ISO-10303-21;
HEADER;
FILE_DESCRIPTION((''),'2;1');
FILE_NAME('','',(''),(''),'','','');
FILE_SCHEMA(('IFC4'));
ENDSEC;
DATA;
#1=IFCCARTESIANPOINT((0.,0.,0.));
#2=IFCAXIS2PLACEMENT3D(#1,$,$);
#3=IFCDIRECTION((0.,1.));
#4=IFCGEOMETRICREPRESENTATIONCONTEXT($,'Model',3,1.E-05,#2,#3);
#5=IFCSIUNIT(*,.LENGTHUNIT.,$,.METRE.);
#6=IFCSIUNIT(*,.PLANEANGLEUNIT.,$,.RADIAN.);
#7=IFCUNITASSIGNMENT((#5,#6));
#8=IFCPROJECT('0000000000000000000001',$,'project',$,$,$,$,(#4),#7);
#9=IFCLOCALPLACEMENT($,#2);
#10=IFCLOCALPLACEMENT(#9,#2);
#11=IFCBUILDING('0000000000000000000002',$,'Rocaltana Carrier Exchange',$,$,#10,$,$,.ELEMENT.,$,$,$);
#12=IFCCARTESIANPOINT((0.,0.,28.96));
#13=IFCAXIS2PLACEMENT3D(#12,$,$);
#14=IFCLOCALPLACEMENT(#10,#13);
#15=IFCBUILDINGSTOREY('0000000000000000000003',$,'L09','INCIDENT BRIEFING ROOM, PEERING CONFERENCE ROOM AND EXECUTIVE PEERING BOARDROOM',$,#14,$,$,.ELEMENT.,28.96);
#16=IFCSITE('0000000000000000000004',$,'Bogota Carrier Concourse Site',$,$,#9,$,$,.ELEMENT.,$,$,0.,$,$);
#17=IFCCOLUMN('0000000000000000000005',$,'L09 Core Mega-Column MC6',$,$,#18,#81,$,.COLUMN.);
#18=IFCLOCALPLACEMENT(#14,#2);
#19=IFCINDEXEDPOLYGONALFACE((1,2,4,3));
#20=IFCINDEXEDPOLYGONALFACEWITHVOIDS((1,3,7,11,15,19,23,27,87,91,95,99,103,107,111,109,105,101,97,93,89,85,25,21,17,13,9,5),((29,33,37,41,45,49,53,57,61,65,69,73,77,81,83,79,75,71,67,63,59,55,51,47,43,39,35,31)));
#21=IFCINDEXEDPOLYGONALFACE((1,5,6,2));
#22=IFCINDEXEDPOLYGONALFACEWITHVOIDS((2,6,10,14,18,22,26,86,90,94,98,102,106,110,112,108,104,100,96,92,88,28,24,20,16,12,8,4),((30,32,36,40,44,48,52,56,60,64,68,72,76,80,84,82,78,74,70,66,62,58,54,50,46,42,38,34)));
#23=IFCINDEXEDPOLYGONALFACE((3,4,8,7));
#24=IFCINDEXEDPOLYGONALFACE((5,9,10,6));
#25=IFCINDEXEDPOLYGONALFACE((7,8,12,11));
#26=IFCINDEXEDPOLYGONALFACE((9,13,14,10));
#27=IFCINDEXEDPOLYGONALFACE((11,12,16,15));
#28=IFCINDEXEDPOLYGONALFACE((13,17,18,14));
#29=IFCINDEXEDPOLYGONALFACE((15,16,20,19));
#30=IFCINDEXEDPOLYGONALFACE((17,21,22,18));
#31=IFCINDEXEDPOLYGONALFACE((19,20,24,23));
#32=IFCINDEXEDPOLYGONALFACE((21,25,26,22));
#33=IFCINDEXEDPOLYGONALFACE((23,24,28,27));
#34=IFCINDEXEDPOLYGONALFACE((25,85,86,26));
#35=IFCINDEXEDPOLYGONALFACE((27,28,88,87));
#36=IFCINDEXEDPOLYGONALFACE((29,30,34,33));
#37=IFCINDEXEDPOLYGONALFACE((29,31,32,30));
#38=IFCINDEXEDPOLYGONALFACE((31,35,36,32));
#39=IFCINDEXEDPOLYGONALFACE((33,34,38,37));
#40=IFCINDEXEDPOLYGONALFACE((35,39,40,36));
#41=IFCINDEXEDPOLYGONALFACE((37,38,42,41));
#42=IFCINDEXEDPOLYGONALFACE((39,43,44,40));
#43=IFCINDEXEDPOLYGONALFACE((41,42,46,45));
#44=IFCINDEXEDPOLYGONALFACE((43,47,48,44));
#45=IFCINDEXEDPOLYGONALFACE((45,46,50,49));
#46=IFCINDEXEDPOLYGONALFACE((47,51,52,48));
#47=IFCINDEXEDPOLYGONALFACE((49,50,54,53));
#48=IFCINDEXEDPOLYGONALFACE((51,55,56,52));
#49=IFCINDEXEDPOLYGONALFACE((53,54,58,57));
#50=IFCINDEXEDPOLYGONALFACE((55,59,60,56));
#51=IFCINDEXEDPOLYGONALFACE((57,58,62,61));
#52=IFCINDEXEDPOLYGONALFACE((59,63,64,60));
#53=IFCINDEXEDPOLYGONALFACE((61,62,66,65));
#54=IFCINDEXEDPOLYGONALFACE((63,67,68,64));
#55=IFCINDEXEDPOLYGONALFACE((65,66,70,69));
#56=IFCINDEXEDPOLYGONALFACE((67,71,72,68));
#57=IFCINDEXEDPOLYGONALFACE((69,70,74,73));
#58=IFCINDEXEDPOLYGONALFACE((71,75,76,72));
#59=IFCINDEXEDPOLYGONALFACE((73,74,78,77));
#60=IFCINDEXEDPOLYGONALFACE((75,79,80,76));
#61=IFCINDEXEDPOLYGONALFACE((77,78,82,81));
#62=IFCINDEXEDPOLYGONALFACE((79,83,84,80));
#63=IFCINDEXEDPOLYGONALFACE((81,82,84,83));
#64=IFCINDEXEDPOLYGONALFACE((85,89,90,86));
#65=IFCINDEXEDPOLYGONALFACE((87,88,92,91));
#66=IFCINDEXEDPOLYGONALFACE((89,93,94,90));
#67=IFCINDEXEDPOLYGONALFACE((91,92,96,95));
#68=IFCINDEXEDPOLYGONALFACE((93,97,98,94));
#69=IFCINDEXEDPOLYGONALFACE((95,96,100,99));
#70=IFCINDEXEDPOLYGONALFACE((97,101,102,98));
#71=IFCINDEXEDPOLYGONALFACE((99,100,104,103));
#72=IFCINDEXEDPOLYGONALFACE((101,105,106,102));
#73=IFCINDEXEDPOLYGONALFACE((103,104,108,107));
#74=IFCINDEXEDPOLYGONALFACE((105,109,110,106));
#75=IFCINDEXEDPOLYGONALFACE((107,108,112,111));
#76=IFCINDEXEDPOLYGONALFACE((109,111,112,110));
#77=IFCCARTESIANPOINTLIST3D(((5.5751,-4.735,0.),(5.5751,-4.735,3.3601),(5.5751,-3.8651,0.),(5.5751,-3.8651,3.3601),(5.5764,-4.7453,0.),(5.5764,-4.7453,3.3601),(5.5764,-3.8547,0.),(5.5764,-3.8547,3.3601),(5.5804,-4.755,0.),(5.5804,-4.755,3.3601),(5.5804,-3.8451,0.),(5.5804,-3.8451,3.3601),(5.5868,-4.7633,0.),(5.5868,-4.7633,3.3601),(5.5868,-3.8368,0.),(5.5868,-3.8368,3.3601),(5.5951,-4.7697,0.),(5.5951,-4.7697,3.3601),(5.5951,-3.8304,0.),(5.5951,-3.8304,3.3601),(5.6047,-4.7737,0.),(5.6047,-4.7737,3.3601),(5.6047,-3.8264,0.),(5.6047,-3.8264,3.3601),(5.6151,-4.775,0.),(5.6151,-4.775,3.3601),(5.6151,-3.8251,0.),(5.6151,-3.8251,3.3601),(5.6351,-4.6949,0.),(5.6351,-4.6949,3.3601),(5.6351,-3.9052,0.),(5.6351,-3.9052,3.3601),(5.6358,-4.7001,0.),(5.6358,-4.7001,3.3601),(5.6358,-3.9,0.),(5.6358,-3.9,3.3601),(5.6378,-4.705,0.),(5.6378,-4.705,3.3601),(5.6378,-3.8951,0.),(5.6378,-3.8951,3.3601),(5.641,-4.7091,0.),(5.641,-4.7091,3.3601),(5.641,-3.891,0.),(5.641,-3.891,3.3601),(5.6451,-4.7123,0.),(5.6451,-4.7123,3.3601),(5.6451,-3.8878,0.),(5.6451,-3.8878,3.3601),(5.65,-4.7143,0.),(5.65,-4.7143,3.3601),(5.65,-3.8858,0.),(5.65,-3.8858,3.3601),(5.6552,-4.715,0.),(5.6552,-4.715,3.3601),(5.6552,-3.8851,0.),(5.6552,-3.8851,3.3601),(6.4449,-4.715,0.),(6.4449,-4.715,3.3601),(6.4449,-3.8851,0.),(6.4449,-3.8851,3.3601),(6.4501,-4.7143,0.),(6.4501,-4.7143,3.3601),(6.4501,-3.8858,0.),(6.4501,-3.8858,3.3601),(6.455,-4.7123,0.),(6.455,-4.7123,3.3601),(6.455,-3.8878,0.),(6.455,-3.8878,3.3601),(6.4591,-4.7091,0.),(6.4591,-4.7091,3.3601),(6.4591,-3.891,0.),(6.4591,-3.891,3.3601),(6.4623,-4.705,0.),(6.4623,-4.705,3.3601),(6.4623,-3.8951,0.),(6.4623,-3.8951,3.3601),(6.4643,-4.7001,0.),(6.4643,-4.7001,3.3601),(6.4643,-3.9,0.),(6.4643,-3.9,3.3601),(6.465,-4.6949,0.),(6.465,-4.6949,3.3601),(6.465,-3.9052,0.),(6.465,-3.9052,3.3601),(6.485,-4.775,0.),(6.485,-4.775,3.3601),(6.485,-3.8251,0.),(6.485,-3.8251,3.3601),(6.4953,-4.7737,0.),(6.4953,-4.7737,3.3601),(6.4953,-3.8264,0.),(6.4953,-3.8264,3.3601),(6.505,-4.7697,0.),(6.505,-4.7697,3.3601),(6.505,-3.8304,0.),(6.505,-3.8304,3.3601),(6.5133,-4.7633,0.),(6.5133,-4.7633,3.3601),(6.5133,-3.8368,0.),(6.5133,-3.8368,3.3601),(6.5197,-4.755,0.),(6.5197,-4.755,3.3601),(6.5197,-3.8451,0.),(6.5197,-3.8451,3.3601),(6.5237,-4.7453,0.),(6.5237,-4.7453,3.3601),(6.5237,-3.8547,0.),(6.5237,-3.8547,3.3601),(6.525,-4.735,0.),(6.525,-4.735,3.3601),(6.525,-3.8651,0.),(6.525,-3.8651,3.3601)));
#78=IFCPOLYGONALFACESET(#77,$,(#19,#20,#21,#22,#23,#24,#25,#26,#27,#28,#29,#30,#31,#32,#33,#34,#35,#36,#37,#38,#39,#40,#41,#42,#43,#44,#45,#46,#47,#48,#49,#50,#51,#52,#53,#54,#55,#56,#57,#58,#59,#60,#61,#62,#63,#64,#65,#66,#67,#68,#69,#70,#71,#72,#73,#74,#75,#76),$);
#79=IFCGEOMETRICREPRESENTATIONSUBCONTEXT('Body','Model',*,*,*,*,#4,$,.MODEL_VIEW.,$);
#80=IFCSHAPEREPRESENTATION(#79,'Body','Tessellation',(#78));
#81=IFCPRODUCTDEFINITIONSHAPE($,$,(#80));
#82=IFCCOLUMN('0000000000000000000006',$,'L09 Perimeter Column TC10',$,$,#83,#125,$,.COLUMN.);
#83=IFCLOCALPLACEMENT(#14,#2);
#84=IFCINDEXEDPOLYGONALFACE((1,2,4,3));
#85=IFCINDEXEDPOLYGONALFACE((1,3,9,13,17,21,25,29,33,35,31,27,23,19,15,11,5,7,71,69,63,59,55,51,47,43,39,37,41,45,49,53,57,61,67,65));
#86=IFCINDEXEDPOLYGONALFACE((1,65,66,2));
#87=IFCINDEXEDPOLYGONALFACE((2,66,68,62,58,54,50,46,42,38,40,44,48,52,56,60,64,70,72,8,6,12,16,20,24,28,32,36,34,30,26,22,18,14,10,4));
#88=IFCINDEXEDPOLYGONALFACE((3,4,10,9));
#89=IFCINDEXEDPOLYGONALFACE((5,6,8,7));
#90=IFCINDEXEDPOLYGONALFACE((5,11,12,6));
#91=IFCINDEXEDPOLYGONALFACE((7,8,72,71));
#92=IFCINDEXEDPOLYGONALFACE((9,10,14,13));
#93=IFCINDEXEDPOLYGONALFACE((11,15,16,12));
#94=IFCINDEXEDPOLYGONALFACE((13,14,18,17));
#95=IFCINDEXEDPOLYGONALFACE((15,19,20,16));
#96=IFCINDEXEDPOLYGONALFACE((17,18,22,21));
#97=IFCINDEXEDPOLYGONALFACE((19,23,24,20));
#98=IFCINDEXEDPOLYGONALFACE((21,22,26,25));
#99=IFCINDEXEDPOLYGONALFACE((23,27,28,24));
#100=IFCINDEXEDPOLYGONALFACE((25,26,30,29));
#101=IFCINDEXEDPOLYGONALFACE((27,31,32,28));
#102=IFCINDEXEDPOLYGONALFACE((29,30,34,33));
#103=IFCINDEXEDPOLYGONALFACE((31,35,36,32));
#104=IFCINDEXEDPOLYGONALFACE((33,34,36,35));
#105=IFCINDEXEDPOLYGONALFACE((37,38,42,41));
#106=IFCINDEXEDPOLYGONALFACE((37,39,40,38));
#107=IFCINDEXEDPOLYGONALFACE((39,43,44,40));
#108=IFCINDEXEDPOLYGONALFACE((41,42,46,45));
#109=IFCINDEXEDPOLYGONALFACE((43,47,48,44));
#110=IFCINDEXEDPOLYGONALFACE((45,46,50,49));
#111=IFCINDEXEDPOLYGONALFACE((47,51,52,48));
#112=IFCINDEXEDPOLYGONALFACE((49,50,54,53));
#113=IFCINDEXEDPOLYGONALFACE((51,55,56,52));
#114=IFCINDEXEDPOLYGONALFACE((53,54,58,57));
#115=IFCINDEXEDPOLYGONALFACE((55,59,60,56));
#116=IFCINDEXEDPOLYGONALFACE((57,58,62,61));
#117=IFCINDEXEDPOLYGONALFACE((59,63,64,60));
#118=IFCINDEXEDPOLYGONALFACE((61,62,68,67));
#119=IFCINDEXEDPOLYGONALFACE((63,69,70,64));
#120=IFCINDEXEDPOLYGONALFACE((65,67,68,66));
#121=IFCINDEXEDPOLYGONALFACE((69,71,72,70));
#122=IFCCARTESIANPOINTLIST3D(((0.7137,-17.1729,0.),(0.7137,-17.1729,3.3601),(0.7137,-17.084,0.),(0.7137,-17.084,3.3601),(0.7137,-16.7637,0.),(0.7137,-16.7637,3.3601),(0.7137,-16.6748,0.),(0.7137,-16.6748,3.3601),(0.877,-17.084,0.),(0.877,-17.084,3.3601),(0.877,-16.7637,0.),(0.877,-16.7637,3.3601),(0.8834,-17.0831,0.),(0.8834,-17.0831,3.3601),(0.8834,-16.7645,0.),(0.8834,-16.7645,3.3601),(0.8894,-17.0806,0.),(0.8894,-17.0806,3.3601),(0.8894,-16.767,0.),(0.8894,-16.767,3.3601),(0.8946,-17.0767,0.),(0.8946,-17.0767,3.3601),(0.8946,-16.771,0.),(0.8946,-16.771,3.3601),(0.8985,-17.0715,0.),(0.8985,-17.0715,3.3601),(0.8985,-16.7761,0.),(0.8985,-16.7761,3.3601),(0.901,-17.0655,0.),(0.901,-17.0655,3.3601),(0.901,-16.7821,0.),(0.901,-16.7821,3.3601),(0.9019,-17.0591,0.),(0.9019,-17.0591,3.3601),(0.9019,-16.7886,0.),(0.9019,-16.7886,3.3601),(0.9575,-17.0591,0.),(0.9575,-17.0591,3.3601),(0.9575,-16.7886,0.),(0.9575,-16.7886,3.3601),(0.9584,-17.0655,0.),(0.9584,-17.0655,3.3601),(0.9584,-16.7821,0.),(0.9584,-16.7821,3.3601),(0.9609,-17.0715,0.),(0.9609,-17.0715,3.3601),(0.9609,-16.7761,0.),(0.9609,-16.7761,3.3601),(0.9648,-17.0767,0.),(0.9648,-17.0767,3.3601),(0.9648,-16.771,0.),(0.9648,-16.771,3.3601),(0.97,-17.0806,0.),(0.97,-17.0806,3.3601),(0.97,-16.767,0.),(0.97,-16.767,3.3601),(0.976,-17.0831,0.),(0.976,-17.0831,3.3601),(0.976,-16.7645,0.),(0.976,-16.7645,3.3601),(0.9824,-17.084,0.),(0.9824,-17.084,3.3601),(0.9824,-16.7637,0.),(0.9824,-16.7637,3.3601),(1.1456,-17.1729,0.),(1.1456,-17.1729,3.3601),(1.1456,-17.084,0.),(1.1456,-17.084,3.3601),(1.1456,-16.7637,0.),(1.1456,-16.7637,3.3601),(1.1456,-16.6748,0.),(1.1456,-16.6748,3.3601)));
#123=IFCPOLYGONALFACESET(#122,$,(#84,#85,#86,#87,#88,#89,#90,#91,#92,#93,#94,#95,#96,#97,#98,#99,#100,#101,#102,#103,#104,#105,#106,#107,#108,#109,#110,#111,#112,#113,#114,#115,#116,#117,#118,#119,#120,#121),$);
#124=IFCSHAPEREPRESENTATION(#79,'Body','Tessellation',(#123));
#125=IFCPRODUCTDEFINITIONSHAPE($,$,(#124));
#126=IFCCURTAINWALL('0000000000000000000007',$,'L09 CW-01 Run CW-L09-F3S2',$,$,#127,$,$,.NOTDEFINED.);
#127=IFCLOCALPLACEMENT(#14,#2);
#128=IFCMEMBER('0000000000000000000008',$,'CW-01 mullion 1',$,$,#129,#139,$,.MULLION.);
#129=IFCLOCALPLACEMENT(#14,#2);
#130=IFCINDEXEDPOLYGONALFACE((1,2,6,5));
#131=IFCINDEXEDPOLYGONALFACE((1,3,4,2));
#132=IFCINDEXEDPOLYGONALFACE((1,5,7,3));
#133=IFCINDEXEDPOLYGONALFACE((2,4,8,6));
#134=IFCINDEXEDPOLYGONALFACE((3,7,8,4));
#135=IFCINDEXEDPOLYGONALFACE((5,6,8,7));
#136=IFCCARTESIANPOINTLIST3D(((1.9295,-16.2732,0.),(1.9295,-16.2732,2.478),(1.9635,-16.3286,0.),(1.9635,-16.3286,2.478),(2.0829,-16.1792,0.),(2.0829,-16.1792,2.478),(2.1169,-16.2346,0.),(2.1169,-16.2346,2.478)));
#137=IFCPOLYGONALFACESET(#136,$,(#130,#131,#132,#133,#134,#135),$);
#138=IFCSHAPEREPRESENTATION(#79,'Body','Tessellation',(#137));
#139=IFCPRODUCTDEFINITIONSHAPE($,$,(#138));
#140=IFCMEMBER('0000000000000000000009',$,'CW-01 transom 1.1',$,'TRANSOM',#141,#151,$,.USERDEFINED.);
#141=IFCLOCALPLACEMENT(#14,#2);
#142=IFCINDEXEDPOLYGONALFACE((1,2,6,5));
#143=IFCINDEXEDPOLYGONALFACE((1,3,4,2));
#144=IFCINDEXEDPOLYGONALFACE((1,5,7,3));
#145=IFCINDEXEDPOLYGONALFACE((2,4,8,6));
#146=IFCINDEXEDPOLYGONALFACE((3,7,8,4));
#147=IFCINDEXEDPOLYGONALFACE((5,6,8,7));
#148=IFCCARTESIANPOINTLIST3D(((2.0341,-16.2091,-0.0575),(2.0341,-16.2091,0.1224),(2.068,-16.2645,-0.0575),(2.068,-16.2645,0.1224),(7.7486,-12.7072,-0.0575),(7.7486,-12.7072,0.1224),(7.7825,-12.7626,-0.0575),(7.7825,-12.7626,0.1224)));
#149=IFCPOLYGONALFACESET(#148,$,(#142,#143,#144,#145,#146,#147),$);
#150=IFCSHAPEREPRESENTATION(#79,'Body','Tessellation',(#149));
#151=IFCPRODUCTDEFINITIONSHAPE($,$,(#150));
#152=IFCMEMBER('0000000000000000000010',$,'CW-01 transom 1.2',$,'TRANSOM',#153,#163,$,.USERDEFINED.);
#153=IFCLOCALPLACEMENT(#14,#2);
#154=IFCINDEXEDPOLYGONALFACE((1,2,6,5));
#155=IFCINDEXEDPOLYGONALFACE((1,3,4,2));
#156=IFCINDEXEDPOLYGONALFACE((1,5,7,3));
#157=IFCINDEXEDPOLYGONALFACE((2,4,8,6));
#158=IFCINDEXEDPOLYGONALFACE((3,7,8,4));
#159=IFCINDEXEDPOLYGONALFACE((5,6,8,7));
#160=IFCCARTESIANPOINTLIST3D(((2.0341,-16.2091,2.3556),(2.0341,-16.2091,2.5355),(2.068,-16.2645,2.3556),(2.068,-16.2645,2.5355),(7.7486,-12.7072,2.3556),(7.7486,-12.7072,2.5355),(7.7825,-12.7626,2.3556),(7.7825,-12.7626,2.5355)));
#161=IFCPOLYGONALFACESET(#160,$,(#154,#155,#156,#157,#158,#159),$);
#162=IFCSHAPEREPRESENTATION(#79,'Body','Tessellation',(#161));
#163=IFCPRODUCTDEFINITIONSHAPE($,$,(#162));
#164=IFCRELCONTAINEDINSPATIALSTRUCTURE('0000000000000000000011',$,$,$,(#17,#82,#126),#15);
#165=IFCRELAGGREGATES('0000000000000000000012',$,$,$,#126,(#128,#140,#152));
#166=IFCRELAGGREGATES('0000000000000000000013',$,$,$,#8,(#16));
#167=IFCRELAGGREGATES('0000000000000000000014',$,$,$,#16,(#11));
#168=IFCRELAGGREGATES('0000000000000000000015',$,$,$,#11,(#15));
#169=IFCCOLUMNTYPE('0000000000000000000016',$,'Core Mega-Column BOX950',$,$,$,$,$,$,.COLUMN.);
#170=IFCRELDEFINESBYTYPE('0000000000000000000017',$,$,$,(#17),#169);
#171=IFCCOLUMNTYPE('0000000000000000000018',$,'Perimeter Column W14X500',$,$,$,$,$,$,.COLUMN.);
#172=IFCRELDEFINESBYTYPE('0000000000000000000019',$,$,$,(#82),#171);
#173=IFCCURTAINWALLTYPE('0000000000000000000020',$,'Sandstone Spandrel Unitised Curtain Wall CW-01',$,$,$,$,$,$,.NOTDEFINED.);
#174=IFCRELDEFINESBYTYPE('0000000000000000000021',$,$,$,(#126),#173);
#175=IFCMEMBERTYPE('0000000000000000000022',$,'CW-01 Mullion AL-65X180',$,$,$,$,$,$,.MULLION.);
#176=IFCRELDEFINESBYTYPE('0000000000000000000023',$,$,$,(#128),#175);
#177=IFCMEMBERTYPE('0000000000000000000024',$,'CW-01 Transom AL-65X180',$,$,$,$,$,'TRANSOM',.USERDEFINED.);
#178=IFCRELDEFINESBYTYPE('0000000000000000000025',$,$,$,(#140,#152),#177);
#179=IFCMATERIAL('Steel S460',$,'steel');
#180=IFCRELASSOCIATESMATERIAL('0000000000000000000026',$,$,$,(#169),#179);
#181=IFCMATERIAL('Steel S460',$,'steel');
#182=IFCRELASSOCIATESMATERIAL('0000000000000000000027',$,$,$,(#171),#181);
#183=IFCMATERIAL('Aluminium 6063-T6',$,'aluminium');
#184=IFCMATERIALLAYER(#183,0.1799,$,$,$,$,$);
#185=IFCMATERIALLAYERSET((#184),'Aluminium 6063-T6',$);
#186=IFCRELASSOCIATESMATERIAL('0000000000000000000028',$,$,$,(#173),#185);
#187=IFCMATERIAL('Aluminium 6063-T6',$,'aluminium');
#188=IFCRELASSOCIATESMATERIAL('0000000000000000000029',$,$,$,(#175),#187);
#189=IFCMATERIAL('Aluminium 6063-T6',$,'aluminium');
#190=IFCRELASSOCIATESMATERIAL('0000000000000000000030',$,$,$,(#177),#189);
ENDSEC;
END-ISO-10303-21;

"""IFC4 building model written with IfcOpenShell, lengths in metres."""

from ifc_helpers import new_model, si_unit, direction, frame, origin, origin_2d, place, context, subcontext, project, spatial, rectangle, hollow_rectangle, i_section, extrude, material, layer, layer_set, material_profile, profile_set, type_object, element, aggregate, save


model = new_model("IFC4")

# Units and contexts
model_context = context("Model", 3, precision=1e-05, world=origin(), true_north=direction((0.0, 1.0)))
body_context = subcontext(model_context, "Body", "Model", "MODEL_VIEW")
ifc_project = project(units=[si_unit("LENGTHUNIT", "METRE"), si_unit("PLANEANGLEUNIT", "RADIAN")], contexts=[model_context])

# Site, building, storey
site_placement = place(None, origin())
site = spatial("IfcSite", under=ifc_project, at=site_placement, Name="Bogota Carrier Concourse Site", CompositionType="ELEMENT", RefElevation=0.0)
building_placement = place(site_placement, origin())
building = spatial("IfcBuilding", under=site, at=building_placement, Name="Rocaltana Carrier Exchange", CompositionType="ELEMENT")
storey_placement = place(building_placement, frame((0.0, 0.0, 28.96)))
storey = spatial("IfcBuildingStorey", under=building, at=storey_placement, Name="L09", Description="INCIDENT BRIEFING ROOM, PEERING CONFERENCE ROOM AND EXECUTIVE PEERING BOARDROOM", CompositionType="ELEMENT", Elevation=28.96)

# Columns
ifc_material_1 = material(Name="Steel S460", Category="steel")
ifc_material_profile_1 = material_profile(ifc_material_1, hollow_rectangle(XDim=0.95, YDim=0.95, WallThickness=0.0601, InnerFilletRadius=0.02, OuterFilletRadius=0.04, at=origin_2d()), Name="BOX950X950X60")
ifc_profile_set_1 = profile_set([ifc_material_profile_1], Name="Steel S460")
column_type_1 = type_object("IfcColumnType", Name="Core Mega-Column BOX950", PredefinedType="COLUMN", material=ifc_profile_set_1)
column_1_placement = place(storey_placement, frame((6.05, -4.3, 0.0), z_axis=(0.0, 0.0, 1.0), x_axis=(1.0, 0.0, 0.0)))
element("IfcColumn", 1, at=column_1_placement, inside=storey, type_object=column_type_1, Name="L09 Core Mega-Column MC6", PredefinedType="COLUMN", context=body_context, shape_type="SweptSolid", body=[
    extrude(hollow_rectangle(XDim=0.95, YDim=0.95, WallThickness=0.0601, InnerFilletRadius=0.02, OuterFilletRadius=0.04, at=origin_2d()), origin(), (0.0, 0.0, 1.0), 3.3601),
])
ifc_material_2 = material(Name="Steel S460", Category="steel")
ifc_material_profile_2 = material_profile(ifc_material_2, i_section(OverallWidth=0.4319, OverallDepth=0.498, WebThickness=0.0557, FlangeThickness=0.0889, FilletRadius=0.0249, at=origin_2d()), Name="W14X500")
ifc_profile_set_2 = profile_set([ifc_material_profile_2], Name="Steel S460")
column_type_2 = type_object("IfcColumnType", Name="Perimeter Column W14X500", PredefinedType="COLUMN", material=ifc_profile_set_2)
column_2_placement = place(storey_placement, frame((0.9297, -16.9238, 0.0), z_axis=(0.0, 0.0, 1.0), x_axis=(1.0, 0.0, 0.0)))
element("IfcColumn", 2, at=column_2_placement, inside=storey, type_object=column_type_2, Name="L09 Perimeter Column TC10", PredefinedType="COLUMN", context=body_context, shape_type="SweptSolid", body=[
    extrude(i_section(OverallWidth=0.4319, OverallDepth=0.498, WebThickness=0.0557, FlangeThickness=0.0889, FilletRadius=0.0249, at=origin_2d()), origin(), (0.0, 0.0, 1.0), 3.3601),
])

# Curtain wall, members
ifc_material_3 = material(Name="Aluminium 6063-T6", Category="aluminium")
ifc_layer_1 = layer(ifc_material_3, 0.1799)
ifc_layer_set_1 = layer_set([ifc_layer_1], Name="Aluminium 6063-T6")
curtain_wall_type = type_object("IfcCurtainWallType", Name="Sandstone Spandrel Unitised Curtain Wall CW-01", PredefinedType="NOTDEFINED", material=ifc_layer_set_1)
curtain_wall_placement = place(storey_placement, origin())
curtain_wall = element("IfcCurtainWall", 3, at=curtain_wall_placement, inside=storey, type_object=curtain_wall_type, Name="L09 CW-01 Run CW-L09-F3S2", PredefinedType="NOTDEFINED")
ifc_material_4 = material(Name="Aluminium 6063-T6", Category="aluminium")
ifc_material_profile_3 = material_profile(ifc_material_4, rectangle(XDim=0.0649, YDim=0.1799, at=origin_2d()), Name="AL-65X180")
ifc_profile_set_3 = profile_set([ifc_material_profile_3], Name="Aluminium 6063-T6")
member_type_1 = type_object("IfcMemberType", Name="CW-01 Mullion AL-65X180", PredefinedType="MULLION", material=ifc_profile_set_3)
member_1_placement = place(storey_placement, frame((2.0232, -16.2539, 0.0), z_axis=(0.0, 0.0, 1.0), x_axis=(-0.5225, 0.852639, 0.0)))
member_1 = element("IfcMember", 4, at=member_1_placement, type_object=member_type_1, Name="CW-01 mullion 1", PredefinedType="MULLION", context=body_context, shape_type="SweptSolid", body=[
    extrude(rectangle(XDim=0.0649, YDim=0.1799, at=origin_2d()), origin(), (0.0, 0.0, 1.0), 2.478),
])
ifc_material_5 = material(Name="Aluminium 6063-T6", Category="aluminium")
ifc_material_profile_4 = material_profile(ifc_material_5, rectangle(XDim=0.0649, YDim=0.1799, at=origin_2d()), Name="AL-65X180")
ifc_profile_set_4 = profile_set([ifc_material_profile_4], Name="Aluminium 6063-T6")
member_type_2 = type_object("IfcMemberType", Name="CW-01 Transom AL-65X180", ElementType="TRANSOM", PredefinedType="USERDEFINED", material=ifc_profile_set_4)
member_2_placement = place(storey_placement, frame((2.051, -16.2368, 0.0325), z_axis=(0.852637, 0.522503, 0.0), x_axis=(-0.522503, 0.852637, 0.0)))
member_2 = element("IfcMember", 5, at=member_2_placement, type_object=member_type_2, Name="CW-01 transom 1.1", ObjectType="TRANSOM", PredefinedType="USERDEFINED", context=body_context, shape_type="SweptSolid", body=[
    extrude(rectangle(XDim=0.0649, YDim=0.1799, at=origin_2d()), origin(), (0.0, 0.0, 1.0), 6.7021),
])
member_3_placement = place(storey_placement, frame((2.051, -16.2368, 2.4456), z_axis=(0.852637, 0.522503, 0.0), x_axis=(-0.522503, 0.852637, 0.0)))
member_3 = element("IfcMember", 6, at=member_3_placement, type_object=member_type_2, Name="CW-01 transom 1.2", ObjectType="TRANSOM", PredefinedType="USERDEFINED", context=body_context, shape_type="SweptSolid", body=[
    extrude(rectangle(XDim=0.0649, YDim=0.1799, at=origin_2d()), origin(), (0.0, 0.0, 1.0), 6.7021),
])

aggregate(curtain_wall, [member_1, member_2, member_3])

save(model, "model.ifc")
